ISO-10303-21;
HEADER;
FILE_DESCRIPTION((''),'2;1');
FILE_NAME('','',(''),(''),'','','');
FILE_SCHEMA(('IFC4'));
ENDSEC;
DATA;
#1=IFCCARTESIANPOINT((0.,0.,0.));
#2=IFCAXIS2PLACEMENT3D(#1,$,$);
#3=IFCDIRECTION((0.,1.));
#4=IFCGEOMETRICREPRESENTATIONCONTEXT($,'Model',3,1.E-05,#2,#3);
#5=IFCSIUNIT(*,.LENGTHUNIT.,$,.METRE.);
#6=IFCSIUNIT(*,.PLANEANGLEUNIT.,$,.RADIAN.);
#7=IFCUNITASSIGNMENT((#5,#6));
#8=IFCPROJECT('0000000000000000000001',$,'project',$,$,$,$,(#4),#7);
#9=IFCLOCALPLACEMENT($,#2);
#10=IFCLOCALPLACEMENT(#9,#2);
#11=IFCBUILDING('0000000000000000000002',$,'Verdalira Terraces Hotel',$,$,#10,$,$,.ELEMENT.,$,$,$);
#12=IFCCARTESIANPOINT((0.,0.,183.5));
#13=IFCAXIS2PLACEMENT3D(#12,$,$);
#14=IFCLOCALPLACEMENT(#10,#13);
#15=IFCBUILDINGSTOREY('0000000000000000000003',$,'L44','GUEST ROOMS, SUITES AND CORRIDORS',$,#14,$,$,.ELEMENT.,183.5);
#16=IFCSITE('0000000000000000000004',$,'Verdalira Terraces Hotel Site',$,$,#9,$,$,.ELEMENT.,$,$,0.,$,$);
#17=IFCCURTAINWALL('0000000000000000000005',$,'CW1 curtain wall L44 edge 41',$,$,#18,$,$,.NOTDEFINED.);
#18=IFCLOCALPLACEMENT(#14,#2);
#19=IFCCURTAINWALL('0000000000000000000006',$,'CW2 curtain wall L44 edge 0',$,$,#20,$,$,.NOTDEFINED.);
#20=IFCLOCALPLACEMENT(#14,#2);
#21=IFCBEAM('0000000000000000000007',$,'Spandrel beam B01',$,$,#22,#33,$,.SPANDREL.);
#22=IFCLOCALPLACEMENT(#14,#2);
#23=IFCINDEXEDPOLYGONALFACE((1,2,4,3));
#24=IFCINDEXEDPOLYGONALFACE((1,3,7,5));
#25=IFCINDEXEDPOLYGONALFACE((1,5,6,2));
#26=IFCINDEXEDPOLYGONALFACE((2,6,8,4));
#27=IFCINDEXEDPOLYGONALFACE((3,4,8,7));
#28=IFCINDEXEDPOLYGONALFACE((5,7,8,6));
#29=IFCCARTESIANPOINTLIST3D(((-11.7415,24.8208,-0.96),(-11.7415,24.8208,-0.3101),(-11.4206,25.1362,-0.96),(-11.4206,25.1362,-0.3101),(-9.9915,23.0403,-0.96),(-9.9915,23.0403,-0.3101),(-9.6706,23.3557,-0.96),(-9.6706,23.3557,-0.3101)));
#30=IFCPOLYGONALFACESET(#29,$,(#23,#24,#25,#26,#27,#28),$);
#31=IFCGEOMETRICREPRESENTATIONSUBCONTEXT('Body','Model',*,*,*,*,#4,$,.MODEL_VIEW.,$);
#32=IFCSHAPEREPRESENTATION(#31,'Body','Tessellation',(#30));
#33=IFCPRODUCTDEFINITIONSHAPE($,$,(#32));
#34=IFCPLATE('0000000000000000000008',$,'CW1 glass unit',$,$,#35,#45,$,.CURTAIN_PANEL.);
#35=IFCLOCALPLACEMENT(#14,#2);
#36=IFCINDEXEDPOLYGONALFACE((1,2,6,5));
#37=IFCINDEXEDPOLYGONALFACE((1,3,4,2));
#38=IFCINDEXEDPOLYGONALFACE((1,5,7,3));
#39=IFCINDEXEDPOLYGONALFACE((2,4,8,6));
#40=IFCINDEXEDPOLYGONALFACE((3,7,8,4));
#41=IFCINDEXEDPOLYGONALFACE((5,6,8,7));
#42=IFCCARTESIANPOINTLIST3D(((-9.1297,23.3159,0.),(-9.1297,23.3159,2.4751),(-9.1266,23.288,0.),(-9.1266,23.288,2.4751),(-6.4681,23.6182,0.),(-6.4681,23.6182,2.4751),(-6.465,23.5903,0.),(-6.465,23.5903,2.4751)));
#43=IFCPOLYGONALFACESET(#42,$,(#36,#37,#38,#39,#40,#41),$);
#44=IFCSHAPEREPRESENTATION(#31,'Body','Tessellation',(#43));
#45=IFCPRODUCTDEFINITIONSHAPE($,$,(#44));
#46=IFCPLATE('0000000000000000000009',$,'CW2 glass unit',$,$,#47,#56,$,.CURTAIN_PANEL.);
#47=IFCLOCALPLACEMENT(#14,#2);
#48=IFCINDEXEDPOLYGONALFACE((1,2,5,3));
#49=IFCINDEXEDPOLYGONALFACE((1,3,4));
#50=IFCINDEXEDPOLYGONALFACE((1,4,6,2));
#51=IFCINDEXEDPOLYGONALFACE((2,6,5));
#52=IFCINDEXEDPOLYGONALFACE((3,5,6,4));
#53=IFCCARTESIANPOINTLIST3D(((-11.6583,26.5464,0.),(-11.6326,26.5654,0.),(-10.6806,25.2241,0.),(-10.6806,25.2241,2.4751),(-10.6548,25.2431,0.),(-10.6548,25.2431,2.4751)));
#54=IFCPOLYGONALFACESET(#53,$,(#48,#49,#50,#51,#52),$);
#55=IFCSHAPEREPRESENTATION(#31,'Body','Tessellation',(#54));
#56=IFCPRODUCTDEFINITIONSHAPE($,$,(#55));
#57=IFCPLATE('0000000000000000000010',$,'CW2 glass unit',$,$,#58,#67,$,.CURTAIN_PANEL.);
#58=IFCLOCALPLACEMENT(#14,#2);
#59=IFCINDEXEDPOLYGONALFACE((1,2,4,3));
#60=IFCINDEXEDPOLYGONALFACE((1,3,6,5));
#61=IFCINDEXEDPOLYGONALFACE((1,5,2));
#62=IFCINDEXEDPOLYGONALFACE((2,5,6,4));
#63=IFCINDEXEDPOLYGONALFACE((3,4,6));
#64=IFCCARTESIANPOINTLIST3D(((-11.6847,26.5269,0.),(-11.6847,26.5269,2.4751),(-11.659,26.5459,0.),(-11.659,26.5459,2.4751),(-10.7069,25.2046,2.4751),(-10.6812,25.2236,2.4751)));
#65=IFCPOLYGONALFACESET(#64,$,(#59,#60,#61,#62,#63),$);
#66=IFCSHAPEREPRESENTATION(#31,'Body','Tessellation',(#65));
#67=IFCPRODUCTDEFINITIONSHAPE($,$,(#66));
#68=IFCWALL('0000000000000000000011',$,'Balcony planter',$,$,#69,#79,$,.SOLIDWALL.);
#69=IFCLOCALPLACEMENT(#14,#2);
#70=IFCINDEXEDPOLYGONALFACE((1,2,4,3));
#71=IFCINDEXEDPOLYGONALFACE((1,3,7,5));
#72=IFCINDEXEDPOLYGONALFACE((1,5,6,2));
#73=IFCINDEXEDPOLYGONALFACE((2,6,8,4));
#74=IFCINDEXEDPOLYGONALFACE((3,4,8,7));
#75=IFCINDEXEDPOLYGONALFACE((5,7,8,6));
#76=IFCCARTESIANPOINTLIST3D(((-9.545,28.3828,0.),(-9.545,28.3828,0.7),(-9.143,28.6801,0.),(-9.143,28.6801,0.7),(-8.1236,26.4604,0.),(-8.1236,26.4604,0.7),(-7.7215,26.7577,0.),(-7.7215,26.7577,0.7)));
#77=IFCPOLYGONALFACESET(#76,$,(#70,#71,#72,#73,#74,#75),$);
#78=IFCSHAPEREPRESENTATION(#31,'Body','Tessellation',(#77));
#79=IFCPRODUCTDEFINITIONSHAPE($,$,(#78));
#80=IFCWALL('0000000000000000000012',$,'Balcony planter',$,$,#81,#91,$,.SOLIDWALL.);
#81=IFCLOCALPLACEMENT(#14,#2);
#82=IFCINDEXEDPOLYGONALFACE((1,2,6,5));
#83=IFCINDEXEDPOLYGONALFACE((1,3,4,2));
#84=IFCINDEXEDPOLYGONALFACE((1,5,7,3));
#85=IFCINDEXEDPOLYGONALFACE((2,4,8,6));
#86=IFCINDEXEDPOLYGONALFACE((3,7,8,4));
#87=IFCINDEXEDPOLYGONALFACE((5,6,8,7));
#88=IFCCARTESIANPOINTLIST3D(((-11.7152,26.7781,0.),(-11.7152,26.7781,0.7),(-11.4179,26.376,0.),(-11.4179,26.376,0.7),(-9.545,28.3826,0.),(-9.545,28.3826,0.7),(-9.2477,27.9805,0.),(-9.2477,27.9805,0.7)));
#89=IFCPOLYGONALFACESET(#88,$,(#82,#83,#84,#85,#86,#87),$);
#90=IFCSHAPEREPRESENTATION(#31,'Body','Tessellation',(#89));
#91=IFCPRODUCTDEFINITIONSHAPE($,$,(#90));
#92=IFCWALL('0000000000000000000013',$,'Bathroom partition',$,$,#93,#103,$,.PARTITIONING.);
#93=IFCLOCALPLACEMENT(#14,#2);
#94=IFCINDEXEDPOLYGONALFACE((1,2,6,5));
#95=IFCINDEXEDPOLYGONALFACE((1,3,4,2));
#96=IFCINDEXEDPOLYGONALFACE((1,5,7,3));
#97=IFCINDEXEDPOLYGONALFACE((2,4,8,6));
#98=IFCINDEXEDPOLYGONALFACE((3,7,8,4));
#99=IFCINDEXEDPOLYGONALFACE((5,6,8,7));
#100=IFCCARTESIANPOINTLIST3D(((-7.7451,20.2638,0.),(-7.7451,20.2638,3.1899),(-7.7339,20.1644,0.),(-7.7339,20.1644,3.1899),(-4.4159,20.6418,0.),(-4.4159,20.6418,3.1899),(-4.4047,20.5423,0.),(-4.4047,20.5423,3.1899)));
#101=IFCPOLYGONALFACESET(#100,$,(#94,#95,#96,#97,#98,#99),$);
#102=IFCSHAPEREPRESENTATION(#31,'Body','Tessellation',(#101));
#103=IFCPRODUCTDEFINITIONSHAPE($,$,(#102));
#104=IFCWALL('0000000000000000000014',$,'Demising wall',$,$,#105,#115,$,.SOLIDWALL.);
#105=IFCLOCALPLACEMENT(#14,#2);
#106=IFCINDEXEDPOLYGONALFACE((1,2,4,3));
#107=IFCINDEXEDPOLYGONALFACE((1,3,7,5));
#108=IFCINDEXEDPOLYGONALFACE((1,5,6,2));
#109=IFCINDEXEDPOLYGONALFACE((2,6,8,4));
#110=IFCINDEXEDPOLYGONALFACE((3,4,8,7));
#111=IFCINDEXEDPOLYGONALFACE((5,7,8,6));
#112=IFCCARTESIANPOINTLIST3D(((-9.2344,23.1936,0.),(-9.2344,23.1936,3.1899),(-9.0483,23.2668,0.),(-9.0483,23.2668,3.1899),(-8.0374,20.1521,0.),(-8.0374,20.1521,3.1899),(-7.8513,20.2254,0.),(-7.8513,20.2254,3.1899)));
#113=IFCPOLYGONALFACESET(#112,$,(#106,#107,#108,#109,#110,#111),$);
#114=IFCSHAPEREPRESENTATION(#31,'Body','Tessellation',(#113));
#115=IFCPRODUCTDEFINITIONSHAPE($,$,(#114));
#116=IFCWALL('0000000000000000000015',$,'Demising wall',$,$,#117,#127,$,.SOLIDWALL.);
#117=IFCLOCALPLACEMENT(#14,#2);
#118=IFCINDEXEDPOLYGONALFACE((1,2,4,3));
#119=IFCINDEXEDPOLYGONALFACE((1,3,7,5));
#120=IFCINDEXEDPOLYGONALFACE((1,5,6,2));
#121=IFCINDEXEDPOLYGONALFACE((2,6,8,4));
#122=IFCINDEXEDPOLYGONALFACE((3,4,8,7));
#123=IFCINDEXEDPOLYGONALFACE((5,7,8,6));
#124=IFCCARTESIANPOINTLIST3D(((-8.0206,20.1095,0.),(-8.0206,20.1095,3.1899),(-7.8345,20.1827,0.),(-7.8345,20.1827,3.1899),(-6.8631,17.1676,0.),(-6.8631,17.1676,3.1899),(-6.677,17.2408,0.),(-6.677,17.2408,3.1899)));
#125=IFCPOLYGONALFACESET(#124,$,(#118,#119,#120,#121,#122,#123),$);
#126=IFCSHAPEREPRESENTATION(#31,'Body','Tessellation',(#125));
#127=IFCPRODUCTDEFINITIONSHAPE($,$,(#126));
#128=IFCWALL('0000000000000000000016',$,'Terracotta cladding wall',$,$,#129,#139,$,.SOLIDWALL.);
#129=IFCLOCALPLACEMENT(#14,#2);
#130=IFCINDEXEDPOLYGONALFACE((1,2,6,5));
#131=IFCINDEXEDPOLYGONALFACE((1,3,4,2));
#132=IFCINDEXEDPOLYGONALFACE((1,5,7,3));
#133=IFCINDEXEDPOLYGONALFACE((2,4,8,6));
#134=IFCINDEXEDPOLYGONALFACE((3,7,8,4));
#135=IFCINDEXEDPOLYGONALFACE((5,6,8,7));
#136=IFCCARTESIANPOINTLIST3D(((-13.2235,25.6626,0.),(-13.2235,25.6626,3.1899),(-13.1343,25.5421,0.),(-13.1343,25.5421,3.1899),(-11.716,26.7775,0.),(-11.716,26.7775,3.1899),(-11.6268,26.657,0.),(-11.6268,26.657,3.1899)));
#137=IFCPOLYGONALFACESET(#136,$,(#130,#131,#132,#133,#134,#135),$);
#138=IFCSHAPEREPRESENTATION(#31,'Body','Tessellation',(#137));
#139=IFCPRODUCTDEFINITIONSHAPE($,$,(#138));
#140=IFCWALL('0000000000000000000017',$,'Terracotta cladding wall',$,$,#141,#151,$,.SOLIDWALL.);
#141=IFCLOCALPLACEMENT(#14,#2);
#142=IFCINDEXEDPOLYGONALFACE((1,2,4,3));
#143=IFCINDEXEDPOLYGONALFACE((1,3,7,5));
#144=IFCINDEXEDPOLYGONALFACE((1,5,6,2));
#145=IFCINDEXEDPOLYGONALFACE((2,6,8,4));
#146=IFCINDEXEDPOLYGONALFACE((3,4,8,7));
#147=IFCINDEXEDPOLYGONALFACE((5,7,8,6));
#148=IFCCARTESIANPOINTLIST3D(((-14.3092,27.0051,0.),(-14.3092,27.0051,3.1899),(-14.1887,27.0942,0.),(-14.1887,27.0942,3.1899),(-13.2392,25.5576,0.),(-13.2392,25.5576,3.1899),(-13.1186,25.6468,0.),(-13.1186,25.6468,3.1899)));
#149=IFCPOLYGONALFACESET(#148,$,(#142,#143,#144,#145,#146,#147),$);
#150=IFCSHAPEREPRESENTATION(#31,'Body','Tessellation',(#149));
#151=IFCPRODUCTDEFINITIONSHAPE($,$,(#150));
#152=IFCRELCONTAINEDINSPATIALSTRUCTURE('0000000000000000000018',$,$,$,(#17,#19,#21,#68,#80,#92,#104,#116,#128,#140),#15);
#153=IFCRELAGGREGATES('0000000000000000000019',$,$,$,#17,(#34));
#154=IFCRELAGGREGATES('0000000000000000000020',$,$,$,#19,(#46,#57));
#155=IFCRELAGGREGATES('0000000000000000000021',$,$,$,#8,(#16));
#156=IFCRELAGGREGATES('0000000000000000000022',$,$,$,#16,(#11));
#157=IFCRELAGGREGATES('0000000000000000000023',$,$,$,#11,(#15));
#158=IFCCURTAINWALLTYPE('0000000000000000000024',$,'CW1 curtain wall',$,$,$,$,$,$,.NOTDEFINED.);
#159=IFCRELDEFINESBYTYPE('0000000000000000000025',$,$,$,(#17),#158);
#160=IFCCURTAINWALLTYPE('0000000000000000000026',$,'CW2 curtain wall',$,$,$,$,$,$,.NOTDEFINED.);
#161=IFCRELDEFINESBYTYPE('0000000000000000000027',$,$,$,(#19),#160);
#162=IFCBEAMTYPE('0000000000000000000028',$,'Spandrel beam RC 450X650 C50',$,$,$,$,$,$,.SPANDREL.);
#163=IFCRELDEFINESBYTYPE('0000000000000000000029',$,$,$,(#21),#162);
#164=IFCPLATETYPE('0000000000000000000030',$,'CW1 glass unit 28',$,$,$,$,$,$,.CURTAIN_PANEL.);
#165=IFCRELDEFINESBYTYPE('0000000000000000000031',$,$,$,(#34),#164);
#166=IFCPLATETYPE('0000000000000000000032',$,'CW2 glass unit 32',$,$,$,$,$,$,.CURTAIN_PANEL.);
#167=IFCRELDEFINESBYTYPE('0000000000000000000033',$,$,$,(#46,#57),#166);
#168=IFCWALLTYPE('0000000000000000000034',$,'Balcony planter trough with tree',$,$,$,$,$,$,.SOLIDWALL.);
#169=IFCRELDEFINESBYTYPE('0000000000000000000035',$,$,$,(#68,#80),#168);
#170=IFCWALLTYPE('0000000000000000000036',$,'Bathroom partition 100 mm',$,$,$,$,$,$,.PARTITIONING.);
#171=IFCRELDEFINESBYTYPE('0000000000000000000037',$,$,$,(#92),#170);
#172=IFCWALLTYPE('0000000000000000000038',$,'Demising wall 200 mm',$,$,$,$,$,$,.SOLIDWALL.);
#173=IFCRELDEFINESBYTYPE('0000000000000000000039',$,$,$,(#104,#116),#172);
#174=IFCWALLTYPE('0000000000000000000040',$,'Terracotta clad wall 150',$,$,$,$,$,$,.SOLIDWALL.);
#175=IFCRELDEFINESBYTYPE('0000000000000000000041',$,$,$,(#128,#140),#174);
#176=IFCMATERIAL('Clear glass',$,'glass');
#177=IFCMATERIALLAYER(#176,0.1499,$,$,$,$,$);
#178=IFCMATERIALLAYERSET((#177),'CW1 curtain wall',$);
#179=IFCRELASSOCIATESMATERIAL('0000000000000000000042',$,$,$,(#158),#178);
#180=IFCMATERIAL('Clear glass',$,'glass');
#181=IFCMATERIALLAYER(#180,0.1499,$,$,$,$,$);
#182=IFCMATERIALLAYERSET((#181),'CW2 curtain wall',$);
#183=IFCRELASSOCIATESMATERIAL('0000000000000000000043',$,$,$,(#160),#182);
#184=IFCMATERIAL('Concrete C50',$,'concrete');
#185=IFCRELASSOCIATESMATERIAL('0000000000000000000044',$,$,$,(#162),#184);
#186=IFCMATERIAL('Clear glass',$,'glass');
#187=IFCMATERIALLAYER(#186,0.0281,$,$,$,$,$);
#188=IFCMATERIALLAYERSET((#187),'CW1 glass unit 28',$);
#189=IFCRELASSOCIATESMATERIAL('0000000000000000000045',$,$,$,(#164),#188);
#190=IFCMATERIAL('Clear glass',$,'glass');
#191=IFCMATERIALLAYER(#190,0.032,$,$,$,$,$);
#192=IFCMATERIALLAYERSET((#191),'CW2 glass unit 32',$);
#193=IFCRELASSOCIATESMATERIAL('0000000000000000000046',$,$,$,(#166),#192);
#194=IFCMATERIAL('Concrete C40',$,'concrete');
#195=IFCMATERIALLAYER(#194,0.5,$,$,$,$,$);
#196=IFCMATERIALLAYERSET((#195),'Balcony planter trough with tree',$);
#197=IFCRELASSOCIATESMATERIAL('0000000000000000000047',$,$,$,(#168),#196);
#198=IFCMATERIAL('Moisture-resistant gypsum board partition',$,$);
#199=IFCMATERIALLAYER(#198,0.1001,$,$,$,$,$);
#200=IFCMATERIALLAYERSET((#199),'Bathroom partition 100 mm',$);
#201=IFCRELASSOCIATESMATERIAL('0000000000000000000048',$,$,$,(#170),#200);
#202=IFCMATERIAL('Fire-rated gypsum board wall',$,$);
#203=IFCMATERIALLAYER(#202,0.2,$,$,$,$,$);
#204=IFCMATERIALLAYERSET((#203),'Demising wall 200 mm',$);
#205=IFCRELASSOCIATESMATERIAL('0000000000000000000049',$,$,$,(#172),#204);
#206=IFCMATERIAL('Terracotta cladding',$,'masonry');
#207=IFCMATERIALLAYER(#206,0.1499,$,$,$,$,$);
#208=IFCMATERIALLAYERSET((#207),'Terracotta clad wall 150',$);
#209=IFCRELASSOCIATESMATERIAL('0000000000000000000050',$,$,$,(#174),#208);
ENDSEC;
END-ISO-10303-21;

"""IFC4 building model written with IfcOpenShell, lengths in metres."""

from ifc_helpers import new_model, si_unit, direction, frame, frame_2d, origin, origin_2d, place, context, subcontext, project, spatial, polyline, rectangle, outline, extrude, material, layer, layer_set, material_profile, profile_set, type_object, element, aggregate, save


model = new_model("IFC4")

# Units and contexts
model_context = context("Model", 3, precision=1e-05, world=origin(), true_north=direction((0.0, 1.0)))
body_context = subcontext(model_context, "Body", "Model", "MODEL_VIEW")
ifc_project = project(units=[si_unit("LENGTHUNIT", "METRE"), si_unit("PLANEANGLEUNIT", "RADIAN")], contexts=[model_context])

# Site, building, storey
site_placement = place(None, origin())
site = spatial("IfcSite", under=ifc_project, at=site_placement, Name="Verdalira Terraces Hotel Site", CompositionType="ELEMENT", RefElevation=0.0)
building_placement = place(site_placement, origin())
building = spatial("IfcBuilding", under=site, at=building_placement, Name="Verdalira Terraces Hotel", CompositionType="ELEMENT")
storey_placement = place(building_placement, frame((0.0, 0.0, 183.5)))
storey = spatial("IfcBuildingStorey", under=building, at=storey_placement, Name="L44", Description="GUEST ROOMS, SUITES AND CORRIDORS", CompositionType="ELEMENT", Elevation=183.5)

# Curtain wall
ifc_material_1 = material(Name="Clear glass", Category="glass")
ifc_layer_1 = layer(ifc_material_1, 0.1499)
ifc_layer_set_1 = layer_set([ifc_layer_1], Name="CW1 curtain wall")
curtain_wall_type_1 = type_object("IfcCurtainWallType", Name="CW1 curtain wall", PredefinedType="NOTDEFINED", material=ifc_layer_set_1)
curtain_wall_1_placement = place(storey_placement, origin())
curtain_wall_1 = element("IfcCurtainWall", 1, at=curtain_wall_1_placement, inside=storey, type_object=curtain_wall_type_1, Name="CW1 curtain wall L44 edge 41", PredefinedType="NOTDEFINED")

# Curtain wall
ifc_material_2 = material(Name="Clear glass", Category="glass")
ifc_layer_2 = layer(ifc_material_2, 0.1499)
ifc_layer_set_2 = layer_set([ifc_layer_2], Name="CW2 curtain wall")
curtain_wall_type_2 = type_object("IfcCurtainWallType", Name="CW2 curtain wall", PredefinedType="NOTDEFINED", material=ifc_layer_set_2)
curtain_wall_2_placement = place(storey_placement, origin())
curtain_wall_2 = element("IfcCurtainWall", 2, at=curtain_wall_2_placement, inside=storey, type_object=curtain_wall_type_2, Name="CW2 curtain wall L44 edge 0", PredefinedType="NOTDEFINED")

# Beam
ifc_material_3 = material(Name="Concrete C50", Category="concrete")
ifc_material_profile_1 = material_profile(ifc_material_3, rectangle(XDim=0.45, YDim=0.6499, at=origin_2d()), Name="RC 450X650")
ifc_profile_set_1 = profile_set([ifc_material_profile_1], Name="Concrete C50")
beam_type_1 = type_object("IfcBeamType", Name="Spandrel beam RC 450X650 C50", PredefinedType="SPANDREL", material=ifc_profile_set_1)
beam_1_placement = place(storey_placement, frame((-9.8311, 23.198, -0.635), z_axis=(-0.700968, 0.713192, 0.0), x_axis=(-0.713192, -0.700968, 0.0)))
element("IfcBeam", 3, at=beam_1_placement, inside=storey, type_object=beam_type_1, Name="Spandrel beam B01", PredefinedType="SPANDREL", context=body_context, shape_type="SweptSolid", body=[
    extrude(rectangle(XDim=0.45, YDim=0.6499, at=origin_2d()), origin(), (0.0, 0.0, 1.0), 2.4966),
])

# Plates
ifc_material_4 = material(Name="Clear glass", Category="glass")
ifc_layer_3 = layer(ifc_material_4, 0.0281)
ifc_layer_set_3 = layer_set([ifc_layer_3], Name="CW1 glass unit 28")
plate_type_1 = type_object("IfcPlateType", Name="CW1 glass unit 28", PredefinedType="CURTAIN_PANEL", material=ifc_layer_set_3)
plate_1_placement = place(storey_placement, frame((-7.7974, 23.4531, 0.0), z_axis=(0.0, 0.0, 1.0), x_axis=(-0.993611, -0.112856, 0.0)))
plate_1 = element("IfcPlate", 4, at=plate_1_placement, type_object=plate_type_1, Name="CW1 glass unit", PredefinedType="CURTAIN_PANEL", context=body_context, shape_type="SweptSolid", body=[
    extrude(rectangle(XDim=2.6787, YDim=0.0281, at=origin_2d()), origin(), (0.0, 0.0, 1.0), 2.4751),
])
aggregate(curtain_wall_1, [plate_1])
ifc_material_5 = material(Name="Clear glass", Category="glass")
ifc_layer_4 = layer(ifc_material_5, 0.032)
ifc_layer_set_4 = layer_set([ifc_layer_4], Name="CW2 glass unit 32")
plate_type_2 = type_object("IfcPlateType", Name="CW2 glass unit 32", PredefinedType="CURTAIN_PANEL", material=ifc_layer_set_4)
plate_2_placement = place(storey_placement, frame((-11.1694, 25.8853, 1.2375), z_axis=(0.804064, 0.594542, 0.0), x_axis=(-0.594542, 0.804064, 0.0)))
plate_2 = element("IfcPlate", 5, at=plate_2_placement, type_object=plate_type_2, Name="CW2 glass unit", PredefinedType="CURTAIN_PANEL", context=body_context, shape_type="SweptSolid", body=[
    extrude(outline(polyline([(-0.8223, -1.2375), (0.8223, -1.2375), (-0.8223, 1.2375), (-0.8223, -1.2375)])), origin(), (0.0, 0.0, 1.0), 0.032),
])
plate_3_placement = place(storey_placement, frame((-11.1958, 25.8657, 1.2375), z_axis=(0.804064, 0.594542, 0.0), x_axis=(-0.594542, 0.804064, 0.0)))
plate_3 = element("IfcPlate", 6, at=plate_3_placement, type_object=plate_type_2, Name="CW2 glass unit", PredefinedType="CURTAIN_PANEL", context=body_context, shape_type="SweptSolid", body=[
    extrude(outline(polyline([(0.8223, -1.2375), (0.8223, 1.2375), (-0.8223, 1.2375), (0.8223, -1.2375)])), origin(), (0.0, 0.0, 1.0), 0.032),
])
aggregate(curtain_wall_2, [plate_2, plate_3])

# Walls
ifc_material_6 = material(Name="Concrete C40", Category="concrete")
ifc_layer_5 = layer(ifc_material_6, 0.5)
ifc_layer_set_5 = layer_set([ifc_layer_5], Name="Balcony planter trough with tree")
wall_type_1 = type_object("IfcWallType", Name="Balcony planter trough with tree", PredefinedType="SOLIDWALL", material=ifc_layer_set_5)
wall_1_placement = place(storey_placement, frame((-7.9226, 26.6091, 0.0), z_axis=(0.0, 0.0, 1.0), x_axis=(-0.594529, 0.804074, 0.0)))
element("IfcWall", 7, at=wall_1_placement, inside=storey, type_object=wall_type_1, Name="Balcony planter", PredefinedType="SOLIDWALL", context=body_context, shape_type="SweptSolid", body=[
    extrude(rectangle(XDim=2.3909, YDim=0.5, at=frame_2d((1.1953, 0.0))), origin(), (0.0, 0.0, 1.0), 0.7),
])
wall_2_placement = place(storey_placement, frame((-9.3962, 28.1816, 0.0), z_axis=(0.0, 0.0, 1.0), x_axis=(-0.804095, -0.5945, 0.0)))
element("IfcWall", 8, at=wall_2_placement, inside=storey, type_object=wall_type_1, Name="Balcony planter", PredefinedType="SOLIDWALL", context=body_context, shape_type="SweptSolid", body=[
    extrude(rectangle(XDim=2.699, YDim=0.5, at=frame_2d((1.3496, 0.0))), origin(), (0.0, 0.0, 1.0), 0.7),
])
ifc_material_7 = material(Name="Moisture-resistant gypsum board partition")
ifc_layer_6 = layer(ifc_material_7, 0.1001)
ifc_layer_set_6 = layer_set([ifc_layer_6], Name="Bathroom partition 100 mm")
wall_type_2 = type_object("IfcWallType", Name="Bathroom partition 100 mm", PredefinedType="PARTITIONING", material=ifc_layer_set_6)
wall_3_placement = place(storey_placement, frame((-7.7395, 20.2141, 0.0), z_axis=(0.0, 0.0, 1.0), x_axis=(0.993618, 0.112799, 0.0)))
element("IfcWall", 9, at=wall_3_placement, inside=storey, type_object=wall_type_2, Name="Bathroom partition", PredefinedType="PARTITIONING", context=body_context, shape_type="SweptSolid", body=[
    extrude(rectangle(XDim=3.3506, YDim=0.1001, at=frame_2d((1.6753, 0.0))), origin(), (0.0, 0.0, 1.0), 3.1899),
])
ifc_material_8 = material(Name="Fire-rated gypsum board wall")
ifc_layer_7 = layer(ifc_material_8, 0.2)
ifc_layer_set_7 = layer_set([ifc_layer_7], Name="Demising wall 200 mm")
wall_type_3 = type_object("IfcWallType", Name="Demising wall 200 mm", PredefinedType="SOLIDWALL", material=ifc_layer_set_7)
wall_4_placement = place(storey_placement, frame((-9.1414, 23.2302, 0.0), z_axis=(0.0, 0.0, 1.0), x_axis=(0.366221, -0.930528, 0.0)))
element("IfcWall", 10, at=wall_4_placement, inside=storey, type_object=wall_type_3, Name="Demising wall", PredefinedType="SOLIDWALL", context=body_context, shape_type="SweptSolid", body=[
    extrude(rectangle(XDim=3.2686, YDim=0.2, at=frame_2d((1.6343, 0.0))), origin(), (0.0, 0.0, 1.0), 3.1899),
])
wall_5_placement = place(storey_placement, frame((-7.9275, 20.146, 0.0), z_axis=(0.0, 0.0, 1.0), x_axis=(0.366125, -0.930566, 0.0)))
element("IfcWall", 11, at=wall_5_placement, inside=storey, type_object=wall_type_3, Name="Demising wall", PredefinedType="SOLIDWALL", context=body_context, shape_type="SweptSolid", body=[
    extrude(rectangle(XDim=3.1614, YDim=0.2, at=frame_2d((1.5806, 0.0))), origin(), (0.0, 0.0, 1.0), 3.1899),
])
ifc_material_9 = material(Name="Terracotta cladding", Category="masonry")
ifc_layer_8 = layer(ifc_material_9, 0.1499)
ifc_layer_set_8 = layer_set([ifc_layer_8], Name="Terracotta clad wall 150")
wall_type_4 = type_object("IfcWallType", Name="Terracotta clad wall 150", PredefinedType="SOLIDWALL", material=ifc_layer_set_8)
wall_6_placement = place(storey_placement, frame((-11.6714, 26.7173, 0.0), z_axis=(0.0, 0.0, 1.0), x_axis=(-0.803998, -0.594633, 0.0)))
element("IfcWall", 12, at=wall_6_placement, inside=storey, type_object=wall_type_4, Name="Terracotta cladding wall", PredefinedType="SOLIDWALL", context=body_context, shape_type="SweptSolid", body=[
    extrude(rectangle(XDim=1.875, YDim=0.1499, at=frame_2d((0.9375, 0.0))), origin(), (0.0, 0.0, 1.0), 3.1899),
])
wall_7_placement = place(storey_placement, frame((-13.179, 25.6023, 0.0), z_axis=(0.0, 0.0, 1.0), x_axis=(-0.594452, 0.804131, 0.0)))
element("IfcWall", 13, at=wall_7_placement, inside=storey, type_object=wall_type_4, Name="Terracotta cladding wall", PredefinedType="SOLIDWALL", context=body_context, shape_type="SweptSolid", body=[
    extrude(rectangle(XDim=1.8, YDim=0.1499, at=frame_2d((0.8999, 0.0))), origin(), (0.0, 0.0, 1.0), 3.1899),
])

save(model, "model.ifc")
